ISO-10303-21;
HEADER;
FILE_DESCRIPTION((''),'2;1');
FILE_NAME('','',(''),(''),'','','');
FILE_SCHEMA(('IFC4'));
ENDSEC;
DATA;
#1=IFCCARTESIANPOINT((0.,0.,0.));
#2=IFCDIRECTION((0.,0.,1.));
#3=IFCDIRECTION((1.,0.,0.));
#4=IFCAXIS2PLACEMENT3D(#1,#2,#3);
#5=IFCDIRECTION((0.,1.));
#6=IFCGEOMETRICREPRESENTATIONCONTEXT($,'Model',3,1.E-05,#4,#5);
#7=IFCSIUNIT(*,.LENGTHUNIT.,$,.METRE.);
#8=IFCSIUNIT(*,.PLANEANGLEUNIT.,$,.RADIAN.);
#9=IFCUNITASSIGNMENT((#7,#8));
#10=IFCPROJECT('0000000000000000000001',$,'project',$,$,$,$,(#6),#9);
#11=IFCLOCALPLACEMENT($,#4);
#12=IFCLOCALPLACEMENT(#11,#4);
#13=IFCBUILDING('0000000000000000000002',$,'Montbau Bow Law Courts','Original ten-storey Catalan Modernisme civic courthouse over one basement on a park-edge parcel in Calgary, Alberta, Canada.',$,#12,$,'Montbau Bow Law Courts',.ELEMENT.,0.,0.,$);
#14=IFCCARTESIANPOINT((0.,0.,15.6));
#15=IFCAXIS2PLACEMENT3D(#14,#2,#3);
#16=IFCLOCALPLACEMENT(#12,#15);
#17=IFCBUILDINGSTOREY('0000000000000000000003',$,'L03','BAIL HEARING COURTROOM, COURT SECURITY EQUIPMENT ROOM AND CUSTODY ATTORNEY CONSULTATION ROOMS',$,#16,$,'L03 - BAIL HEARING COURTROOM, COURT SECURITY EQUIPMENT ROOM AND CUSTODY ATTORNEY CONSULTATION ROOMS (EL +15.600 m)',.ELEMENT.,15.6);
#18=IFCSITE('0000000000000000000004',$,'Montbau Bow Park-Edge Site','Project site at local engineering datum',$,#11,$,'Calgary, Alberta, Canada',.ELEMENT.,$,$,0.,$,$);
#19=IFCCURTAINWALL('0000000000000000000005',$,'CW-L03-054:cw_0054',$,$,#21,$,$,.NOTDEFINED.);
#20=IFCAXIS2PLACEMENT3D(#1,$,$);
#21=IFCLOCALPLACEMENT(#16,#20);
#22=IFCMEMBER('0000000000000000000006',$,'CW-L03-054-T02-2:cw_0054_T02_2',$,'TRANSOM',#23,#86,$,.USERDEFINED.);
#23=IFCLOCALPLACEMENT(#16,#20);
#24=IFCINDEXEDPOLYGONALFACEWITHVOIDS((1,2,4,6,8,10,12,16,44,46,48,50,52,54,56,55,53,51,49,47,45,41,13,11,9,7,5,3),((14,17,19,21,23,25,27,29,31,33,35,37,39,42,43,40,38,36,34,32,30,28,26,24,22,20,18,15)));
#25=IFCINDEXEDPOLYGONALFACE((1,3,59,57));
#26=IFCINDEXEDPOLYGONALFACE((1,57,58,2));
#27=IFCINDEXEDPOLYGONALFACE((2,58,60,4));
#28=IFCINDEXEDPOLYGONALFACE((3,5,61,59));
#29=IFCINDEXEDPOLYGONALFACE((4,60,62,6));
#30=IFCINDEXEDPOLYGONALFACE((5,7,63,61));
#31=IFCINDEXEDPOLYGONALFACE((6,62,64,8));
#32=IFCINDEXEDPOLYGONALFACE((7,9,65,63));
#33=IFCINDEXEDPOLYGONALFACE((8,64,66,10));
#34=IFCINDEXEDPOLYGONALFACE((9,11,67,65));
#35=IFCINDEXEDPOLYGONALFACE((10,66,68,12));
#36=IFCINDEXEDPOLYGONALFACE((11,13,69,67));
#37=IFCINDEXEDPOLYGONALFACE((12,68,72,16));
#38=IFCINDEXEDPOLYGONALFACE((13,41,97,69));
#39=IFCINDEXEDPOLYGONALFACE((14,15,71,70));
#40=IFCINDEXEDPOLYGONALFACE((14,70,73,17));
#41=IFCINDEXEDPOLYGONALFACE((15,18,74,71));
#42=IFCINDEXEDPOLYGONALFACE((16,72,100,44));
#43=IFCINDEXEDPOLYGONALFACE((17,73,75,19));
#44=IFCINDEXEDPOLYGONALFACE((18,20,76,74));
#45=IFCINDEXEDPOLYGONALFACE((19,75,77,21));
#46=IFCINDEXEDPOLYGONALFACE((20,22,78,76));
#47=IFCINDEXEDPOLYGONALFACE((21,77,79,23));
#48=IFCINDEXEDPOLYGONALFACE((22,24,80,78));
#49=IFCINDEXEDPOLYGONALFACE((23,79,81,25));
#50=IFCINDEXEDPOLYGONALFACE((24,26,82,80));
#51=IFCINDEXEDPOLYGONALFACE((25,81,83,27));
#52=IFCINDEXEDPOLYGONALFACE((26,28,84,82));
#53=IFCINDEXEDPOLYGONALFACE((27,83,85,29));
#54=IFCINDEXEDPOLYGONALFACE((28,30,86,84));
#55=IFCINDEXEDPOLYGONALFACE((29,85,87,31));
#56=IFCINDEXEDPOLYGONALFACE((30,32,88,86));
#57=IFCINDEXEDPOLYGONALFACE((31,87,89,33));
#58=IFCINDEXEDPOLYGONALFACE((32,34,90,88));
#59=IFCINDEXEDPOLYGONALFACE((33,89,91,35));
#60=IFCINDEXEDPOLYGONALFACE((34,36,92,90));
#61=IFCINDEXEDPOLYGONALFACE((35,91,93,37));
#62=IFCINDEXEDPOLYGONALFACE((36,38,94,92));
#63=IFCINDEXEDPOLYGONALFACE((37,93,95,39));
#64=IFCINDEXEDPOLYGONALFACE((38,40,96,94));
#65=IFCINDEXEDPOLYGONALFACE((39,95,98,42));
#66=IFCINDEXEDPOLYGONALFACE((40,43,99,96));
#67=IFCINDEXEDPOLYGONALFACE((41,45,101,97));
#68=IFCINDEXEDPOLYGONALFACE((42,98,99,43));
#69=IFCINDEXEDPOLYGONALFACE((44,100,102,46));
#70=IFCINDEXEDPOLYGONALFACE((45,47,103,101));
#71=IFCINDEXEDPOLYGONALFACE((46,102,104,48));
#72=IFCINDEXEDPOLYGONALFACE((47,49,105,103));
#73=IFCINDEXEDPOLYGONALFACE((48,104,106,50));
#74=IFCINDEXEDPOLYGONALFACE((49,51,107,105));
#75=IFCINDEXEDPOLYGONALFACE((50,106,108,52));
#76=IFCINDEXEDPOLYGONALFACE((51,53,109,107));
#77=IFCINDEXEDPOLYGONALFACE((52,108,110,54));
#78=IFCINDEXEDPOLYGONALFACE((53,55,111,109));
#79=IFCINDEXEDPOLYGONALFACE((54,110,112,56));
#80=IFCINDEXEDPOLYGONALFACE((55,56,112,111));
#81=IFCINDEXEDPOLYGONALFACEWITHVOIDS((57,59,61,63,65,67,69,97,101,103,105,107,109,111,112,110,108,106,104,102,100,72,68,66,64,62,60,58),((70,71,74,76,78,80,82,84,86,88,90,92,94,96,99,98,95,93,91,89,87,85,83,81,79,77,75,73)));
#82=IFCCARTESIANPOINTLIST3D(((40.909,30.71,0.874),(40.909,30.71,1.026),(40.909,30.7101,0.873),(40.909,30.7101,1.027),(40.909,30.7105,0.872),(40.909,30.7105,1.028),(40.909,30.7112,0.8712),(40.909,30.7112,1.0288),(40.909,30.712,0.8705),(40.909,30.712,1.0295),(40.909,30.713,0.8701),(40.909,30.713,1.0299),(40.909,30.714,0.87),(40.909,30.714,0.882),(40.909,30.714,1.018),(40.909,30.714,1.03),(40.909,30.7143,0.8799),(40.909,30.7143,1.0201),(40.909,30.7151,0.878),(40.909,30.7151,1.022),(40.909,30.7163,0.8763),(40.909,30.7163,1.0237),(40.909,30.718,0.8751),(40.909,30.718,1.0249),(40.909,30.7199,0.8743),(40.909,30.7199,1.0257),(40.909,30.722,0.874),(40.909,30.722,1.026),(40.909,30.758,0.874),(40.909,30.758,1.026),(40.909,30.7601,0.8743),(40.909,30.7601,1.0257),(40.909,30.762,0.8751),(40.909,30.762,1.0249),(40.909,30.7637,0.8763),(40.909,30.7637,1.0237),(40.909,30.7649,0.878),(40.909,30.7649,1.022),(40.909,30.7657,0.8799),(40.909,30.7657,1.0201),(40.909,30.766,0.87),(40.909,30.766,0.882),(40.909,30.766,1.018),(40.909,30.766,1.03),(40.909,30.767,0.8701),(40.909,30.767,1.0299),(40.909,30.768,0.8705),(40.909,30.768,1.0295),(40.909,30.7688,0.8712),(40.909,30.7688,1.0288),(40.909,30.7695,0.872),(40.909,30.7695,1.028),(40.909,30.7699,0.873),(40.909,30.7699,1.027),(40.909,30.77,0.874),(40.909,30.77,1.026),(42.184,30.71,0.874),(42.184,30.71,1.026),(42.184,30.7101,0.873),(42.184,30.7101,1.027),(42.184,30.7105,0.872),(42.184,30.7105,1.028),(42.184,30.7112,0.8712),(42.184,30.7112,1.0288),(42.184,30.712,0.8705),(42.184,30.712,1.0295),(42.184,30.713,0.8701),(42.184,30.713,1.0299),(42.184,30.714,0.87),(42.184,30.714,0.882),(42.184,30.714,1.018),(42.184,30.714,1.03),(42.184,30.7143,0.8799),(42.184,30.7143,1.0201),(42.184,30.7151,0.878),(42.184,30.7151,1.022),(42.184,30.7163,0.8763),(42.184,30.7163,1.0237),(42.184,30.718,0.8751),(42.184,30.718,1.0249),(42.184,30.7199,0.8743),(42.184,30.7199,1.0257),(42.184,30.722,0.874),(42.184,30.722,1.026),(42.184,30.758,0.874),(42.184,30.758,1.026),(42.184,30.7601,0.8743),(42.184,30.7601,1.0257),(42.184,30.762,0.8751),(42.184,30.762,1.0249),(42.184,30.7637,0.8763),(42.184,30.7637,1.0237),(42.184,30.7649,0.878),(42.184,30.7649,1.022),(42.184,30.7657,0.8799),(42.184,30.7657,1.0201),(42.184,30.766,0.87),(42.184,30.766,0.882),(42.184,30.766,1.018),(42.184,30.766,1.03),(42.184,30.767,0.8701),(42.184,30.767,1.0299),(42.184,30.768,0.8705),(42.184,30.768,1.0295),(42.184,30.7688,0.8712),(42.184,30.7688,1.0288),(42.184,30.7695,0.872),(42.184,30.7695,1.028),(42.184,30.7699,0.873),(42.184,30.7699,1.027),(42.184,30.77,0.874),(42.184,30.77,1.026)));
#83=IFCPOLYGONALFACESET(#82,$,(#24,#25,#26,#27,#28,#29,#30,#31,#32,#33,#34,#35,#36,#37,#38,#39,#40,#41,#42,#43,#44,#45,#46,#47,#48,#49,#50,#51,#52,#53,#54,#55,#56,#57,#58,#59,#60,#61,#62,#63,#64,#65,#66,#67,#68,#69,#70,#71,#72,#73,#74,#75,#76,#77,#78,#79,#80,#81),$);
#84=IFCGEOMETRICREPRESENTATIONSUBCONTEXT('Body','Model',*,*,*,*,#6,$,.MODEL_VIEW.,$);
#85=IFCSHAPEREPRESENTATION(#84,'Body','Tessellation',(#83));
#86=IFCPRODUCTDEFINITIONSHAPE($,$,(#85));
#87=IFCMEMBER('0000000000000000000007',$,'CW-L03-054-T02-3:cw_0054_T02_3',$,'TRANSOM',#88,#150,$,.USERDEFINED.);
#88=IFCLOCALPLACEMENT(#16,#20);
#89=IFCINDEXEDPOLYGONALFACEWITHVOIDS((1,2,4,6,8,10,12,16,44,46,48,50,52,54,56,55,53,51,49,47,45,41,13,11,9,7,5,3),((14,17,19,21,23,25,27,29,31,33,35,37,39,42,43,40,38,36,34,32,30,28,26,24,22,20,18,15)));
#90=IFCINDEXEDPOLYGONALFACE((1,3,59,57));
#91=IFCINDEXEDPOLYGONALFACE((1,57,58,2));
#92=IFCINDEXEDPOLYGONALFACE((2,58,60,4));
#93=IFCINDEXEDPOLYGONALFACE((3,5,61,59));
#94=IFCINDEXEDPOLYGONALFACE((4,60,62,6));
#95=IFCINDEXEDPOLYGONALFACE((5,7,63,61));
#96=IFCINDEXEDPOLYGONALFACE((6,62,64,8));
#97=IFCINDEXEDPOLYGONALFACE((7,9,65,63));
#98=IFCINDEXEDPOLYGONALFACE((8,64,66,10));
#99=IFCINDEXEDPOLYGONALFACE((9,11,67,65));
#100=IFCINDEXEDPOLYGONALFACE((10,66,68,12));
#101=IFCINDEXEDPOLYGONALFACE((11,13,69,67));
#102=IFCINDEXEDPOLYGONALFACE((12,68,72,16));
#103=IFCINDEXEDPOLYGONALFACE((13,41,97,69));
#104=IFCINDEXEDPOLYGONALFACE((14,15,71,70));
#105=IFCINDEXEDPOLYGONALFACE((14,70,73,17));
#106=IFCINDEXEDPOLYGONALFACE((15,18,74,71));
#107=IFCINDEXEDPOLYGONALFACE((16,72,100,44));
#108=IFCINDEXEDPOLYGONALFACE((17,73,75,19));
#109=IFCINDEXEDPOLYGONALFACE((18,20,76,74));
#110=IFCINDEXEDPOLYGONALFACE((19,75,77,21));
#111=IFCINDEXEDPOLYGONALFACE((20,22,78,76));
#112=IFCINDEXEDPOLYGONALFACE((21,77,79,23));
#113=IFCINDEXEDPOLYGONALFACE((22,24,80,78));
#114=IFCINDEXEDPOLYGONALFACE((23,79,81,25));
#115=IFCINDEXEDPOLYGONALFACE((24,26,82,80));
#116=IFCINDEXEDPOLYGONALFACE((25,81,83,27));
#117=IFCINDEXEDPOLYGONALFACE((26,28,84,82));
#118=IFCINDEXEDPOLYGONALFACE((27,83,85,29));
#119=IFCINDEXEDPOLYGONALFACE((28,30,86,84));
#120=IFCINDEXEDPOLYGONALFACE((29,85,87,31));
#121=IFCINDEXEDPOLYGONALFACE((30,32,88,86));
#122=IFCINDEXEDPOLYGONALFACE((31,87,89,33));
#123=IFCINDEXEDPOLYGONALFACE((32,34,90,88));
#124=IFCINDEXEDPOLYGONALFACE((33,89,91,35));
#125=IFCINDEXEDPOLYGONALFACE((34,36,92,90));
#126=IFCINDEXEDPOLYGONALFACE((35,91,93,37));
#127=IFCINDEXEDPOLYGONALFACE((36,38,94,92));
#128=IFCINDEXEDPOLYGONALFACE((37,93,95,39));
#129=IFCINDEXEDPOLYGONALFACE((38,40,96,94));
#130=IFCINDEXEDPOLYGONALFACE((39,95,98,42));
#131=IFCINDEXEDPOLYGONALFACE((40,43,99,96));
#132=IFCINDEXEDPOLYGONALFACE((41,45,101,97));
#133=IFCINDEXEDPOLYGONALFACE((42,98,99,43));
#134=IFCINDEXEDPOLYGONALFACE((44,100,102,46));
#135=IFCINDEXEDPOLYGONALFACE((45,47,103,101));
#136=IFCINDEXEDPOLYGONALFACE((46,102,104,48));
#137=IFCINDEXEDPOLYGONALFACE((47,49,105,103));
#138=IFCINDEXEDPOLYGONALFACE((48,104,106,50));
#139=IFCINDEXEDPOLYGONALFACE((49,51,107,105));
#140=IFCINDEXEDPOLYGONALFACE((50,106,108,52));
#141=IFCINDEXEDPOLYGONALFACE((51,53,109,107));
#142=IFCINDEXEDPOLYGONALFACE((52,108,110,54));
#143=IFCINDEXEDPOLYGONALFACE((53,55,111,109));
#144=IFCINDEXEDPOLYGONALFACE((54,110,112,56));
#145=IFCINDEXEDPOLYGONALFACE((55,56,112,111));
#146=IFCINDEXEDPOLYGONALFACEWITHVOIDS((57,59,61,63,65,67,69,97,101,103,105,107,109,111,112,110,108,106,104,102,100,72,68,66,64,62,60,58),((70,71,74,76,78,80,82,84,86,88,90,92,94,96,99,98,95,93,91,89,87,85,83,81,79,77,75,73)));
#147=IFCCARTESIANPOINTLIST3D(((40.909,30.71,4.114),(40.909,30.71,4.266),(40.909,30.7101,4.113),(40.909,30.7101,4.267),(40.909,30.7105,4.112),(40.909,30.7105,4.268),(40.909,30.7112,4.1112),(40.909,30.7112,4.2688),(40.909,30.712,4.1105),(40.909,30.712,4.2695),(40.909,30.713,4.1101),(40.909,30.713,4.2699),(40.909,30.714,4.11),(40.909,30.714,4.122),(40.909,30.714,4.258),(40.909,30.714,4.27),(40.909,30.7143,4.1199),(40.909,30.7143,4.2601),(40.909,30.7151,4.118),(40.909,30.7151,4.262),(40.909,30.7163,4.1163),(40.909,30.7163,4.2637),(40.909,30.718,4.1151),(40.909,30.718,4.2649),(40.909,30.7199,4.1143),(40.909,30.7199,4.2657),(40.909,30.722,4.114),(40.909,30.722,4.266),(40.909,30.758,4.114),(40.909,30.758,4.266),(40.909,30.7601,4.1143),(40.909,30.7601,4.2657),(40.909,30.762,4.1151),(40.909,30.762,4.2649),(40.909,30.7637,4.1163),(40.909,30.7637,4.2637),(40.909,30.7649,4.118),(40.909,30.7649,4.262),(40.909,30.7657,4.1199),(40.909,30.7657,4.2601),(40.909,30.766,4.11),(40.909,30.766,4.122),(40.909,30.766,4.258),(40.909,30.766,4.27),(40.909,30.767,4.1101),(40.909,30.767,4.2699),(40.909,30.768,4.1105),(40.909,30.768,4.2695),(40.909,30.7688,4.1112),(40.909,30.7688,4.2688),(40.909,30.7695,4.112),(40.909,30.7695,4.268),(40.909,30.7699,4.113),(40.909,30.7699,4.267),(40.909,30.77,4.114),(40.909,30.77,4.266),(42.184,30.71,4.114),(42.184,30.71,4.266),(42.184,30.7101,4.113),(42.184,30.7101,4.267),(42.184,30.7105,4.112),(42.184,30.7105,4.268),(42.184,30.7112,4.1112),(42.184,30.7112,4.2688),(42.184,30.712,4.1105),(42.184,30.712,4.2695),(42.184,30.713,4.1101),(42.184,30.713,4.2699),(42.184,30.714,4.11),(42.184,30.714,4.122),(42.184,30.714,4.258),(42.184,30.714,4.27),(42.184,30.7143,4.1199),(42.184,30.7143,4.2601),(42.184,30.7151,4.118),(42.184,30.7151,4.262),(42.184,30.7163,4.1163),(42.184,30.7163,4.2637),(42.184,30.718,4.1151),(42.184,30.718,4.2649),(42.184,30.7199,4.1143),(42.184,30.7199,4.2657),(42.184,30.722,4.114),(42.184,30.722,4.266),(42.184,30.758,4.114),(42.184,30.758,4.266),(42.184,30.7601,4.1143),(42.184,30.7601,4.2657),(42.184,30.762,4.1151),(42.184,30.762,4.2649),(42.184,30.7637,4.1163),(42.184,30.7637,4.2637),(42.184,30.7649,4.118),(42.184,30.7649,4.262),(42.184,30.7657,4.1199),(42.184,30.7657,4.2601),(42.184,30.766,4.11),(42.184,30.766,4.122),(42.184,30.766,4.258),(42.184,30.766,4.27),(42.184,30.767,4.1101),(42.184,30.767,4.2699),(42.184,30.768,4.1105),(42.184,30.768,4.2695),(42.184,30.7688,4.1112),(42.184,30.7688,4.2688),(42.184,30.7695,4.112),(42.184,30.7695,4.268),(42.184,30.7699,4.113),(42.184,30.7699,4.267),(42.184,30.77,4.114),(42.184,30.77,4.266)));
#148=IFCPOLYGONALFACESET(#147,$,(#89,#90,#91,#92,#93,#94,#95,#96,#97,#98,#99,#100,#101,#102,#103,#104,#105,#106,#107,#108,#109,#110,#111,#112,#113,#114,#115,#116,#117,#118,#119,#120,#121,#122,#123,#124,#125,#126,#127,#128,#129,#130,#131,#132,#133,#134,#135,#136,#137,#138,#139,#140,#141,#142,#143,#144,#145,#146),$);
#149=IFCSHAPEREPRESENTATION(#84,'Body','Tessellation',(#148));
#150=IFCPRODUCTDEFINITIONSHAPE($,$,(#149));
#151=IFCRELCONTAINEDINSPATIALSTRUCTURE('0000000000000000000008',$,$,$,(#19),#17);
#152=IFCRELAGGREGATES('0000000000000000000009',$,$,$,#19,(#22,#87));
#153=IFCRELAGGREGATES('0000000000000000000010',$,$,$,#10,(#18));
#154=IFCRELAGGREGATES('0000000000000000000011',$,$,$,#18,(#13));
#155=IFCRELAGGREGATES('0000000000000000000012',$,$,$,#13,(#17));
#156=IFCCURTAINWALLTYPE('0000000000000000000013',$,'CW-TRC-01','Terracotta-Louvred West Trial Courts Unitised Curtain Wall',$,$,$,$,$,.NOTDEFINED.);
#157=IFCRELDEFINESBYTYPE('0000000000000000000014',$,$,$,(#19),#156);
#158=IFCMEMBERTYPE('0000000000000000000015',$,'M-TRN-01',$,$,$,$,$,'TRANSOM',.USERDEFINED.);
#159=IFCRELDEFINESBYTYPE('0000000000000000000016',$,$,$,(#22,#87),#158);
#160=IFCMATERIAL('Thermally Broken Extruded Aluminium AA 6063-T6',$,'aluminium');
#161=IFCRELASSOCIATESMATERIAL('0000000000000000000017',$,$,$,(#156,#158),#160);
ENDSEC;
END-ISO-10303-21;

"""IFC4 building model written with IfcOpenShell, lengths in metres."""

from ifc_helpers import new_model, si_unit, direction, frame, origin_with_axes, origin_2d_with_axis, place, context, subcontext, project, spatial, hollow_rectangle, extrude, material, material_profile, profile_set, type_object, element, aggregate, save


model = new_model("IFC4")

# Units and contexts
model_context = context("Model", 3, precision=1e-05, world=origin_with_axes(), true_north=direction((0.0, 1.0)))
body_context = subcontext(model_context, "Body", "Model", "MODEL_VIEW")
ifc_project = project(units=[si_unit("LENGTHUNIT", "METRE"), si_unit("PLANEANGLEUNIT", "RADIAN")], contexts=[model_context])

# Site, building, storey
site_placement = place(None, origin_with_axes())
site = spatial("IfcSite", under=ifc_project, at=site_placement, Name="Montbau Bow Park-Edge Site", Description="Project site at local engineering datum", LongName="Calgary, Alberta, Canada", CompositionType="ELEMENT", RefElevation=0.0)
building_placement = place(site_placement, origin_with_axes())
building = spatial("IfcBuilding", under=site, at=building_placement, Name="Montbau Bow Law Courts", Description="Original ten-storey Catalan Modernisme civic courthouse over one basement on a park-edge parcel in Calgary, Alberta, Canada.", LongName="Montbau Bow Law Courts", CompositionType="ELEMENT", ElevationOfRefHeight=0.0, ElevationOfTerrain=0.0)
storey_placement = place(building_placement, frame((0.0, 0.0, 15.6), z_axis=(0.0, 0.0, 1.0), x_axis=(1.0, 0.0, 0.0)))
storey = spatial("IfcBuildingStorey", under=building, at=storey_placement, Name="L03", Description="BAIL HEARING COURTROOM, COURT SECURITY EQUIPMENT ROOM AND CUSTODY ATTORNEY CONSULTATION ROOMS", LongName="L03 - BAIL HEARING COURTROOM, COURT SECURITY EQUIPMENT ROOM AND CUSTODY ATTORNEY CONSULTATION ROOMS (EL +15.600 m)", CompositionType="ELEMENT", Elevation=15.6)

# Curtain wall, members
ifc_material_1 = material(Name="Thermally Broken Extruded Aluminium AA 6063-T6", Category="aluminium")
curtain_wall_type = type_object("IfcCurtainWallType", Name="CW-TRC-01", Description="Terracotta-Louvred West Trial Courts Unitised Curtain Wall", PredefinedType="NOTDEFINED", material=ifc_material_1)
curtain_wall_placement = place(None, frame((39.515, 30.74, 15.6), z_axis=(0.0, 0.0, 1.0), x_axis=(1.0, 0.0, 0.0)))
curtain_wall = element("IfcCurtainWall", 1, at=curtain_wall_placement, inside=storey, type_object=curtain_wall_type, Name="CW-L03-054:cw_0054", PredefinedType="NOTDEFINED")
ifc_material_profile_1 = material_profile(ifc_material_1, hollow_rectangle(XDim=0.06, YDim=0.16, WallThickness=0.004, InnerFilletRadius=0.008, OuterFilletRadius=0.004, at=origin_2d_with_axis()), Name="CWT-160X60", Category="Main", Priority=0)
ifc_profile_set_1 = profile_set([ifc_material_profile_1], Name="Thermally Broken Extruded Aluminium AA 6063-T6")
member_type_1 = type_object("IfcMemberType", Name="M-TRN-01", ElementType="TRANSOM", PredefinedType="USERDEFINED", material=ifc_profile_set_1)
member_1_placement = place(None, frame((40.909, 30.74, 16.55), z_axis=(1.0, 0.0, 0.0), x_axis=(0.0, 1.0, 0.0)))
member_1 = element("IfcMember", 2, at=member_1_placement, type_object=member_type_1, Name="CW-L03-054-T02-2:cw_0054_T02_2", ObjectType="TRANSOM", PredefinedType="USERDEFINED", context=body_context, shape_type="SweptSolid", body=[
    extrude(hollow_rectangle(XDim=0.06, YDim=0.16, WallThickness=0.004, InnerFilletRadius=0.008, OuterFilletRadius=0.004, at=origin_2d_with_axis()), origin_with_axes(), (0.0, 0.0, 1.0), 1.275),
])
member_2_placement = place(None, frame((40.909, 30.74, 19.79), z_axis=(1.0, 0.0, 0.0), x_axis=(0.0, 1.0, 0.0)))
member_2 = element("IfcMember", 3, at=member_2_placement, type_object=member_type_1, Name="CW-L03-054-T02-3:cw_0054_T02_3", ObjectType="TRANSOM", PredefinedType="USERDEFINED", context=body_context, shape_type="SweptSolid", body=[
    extrude(hollow_rectangle(XDim=0.06, YDim=0.16, WallThickness=0.004, InnerFilletRadius=0.008, OuterFilletRadius=0.004, at=origin_2d_with_axis()), origin_with_axes(), (0.0, 0.0, 1.0), 1.275),
])
aggregate(curtain_wall, [member_1, member_2])

save(model, "model.ifc")
